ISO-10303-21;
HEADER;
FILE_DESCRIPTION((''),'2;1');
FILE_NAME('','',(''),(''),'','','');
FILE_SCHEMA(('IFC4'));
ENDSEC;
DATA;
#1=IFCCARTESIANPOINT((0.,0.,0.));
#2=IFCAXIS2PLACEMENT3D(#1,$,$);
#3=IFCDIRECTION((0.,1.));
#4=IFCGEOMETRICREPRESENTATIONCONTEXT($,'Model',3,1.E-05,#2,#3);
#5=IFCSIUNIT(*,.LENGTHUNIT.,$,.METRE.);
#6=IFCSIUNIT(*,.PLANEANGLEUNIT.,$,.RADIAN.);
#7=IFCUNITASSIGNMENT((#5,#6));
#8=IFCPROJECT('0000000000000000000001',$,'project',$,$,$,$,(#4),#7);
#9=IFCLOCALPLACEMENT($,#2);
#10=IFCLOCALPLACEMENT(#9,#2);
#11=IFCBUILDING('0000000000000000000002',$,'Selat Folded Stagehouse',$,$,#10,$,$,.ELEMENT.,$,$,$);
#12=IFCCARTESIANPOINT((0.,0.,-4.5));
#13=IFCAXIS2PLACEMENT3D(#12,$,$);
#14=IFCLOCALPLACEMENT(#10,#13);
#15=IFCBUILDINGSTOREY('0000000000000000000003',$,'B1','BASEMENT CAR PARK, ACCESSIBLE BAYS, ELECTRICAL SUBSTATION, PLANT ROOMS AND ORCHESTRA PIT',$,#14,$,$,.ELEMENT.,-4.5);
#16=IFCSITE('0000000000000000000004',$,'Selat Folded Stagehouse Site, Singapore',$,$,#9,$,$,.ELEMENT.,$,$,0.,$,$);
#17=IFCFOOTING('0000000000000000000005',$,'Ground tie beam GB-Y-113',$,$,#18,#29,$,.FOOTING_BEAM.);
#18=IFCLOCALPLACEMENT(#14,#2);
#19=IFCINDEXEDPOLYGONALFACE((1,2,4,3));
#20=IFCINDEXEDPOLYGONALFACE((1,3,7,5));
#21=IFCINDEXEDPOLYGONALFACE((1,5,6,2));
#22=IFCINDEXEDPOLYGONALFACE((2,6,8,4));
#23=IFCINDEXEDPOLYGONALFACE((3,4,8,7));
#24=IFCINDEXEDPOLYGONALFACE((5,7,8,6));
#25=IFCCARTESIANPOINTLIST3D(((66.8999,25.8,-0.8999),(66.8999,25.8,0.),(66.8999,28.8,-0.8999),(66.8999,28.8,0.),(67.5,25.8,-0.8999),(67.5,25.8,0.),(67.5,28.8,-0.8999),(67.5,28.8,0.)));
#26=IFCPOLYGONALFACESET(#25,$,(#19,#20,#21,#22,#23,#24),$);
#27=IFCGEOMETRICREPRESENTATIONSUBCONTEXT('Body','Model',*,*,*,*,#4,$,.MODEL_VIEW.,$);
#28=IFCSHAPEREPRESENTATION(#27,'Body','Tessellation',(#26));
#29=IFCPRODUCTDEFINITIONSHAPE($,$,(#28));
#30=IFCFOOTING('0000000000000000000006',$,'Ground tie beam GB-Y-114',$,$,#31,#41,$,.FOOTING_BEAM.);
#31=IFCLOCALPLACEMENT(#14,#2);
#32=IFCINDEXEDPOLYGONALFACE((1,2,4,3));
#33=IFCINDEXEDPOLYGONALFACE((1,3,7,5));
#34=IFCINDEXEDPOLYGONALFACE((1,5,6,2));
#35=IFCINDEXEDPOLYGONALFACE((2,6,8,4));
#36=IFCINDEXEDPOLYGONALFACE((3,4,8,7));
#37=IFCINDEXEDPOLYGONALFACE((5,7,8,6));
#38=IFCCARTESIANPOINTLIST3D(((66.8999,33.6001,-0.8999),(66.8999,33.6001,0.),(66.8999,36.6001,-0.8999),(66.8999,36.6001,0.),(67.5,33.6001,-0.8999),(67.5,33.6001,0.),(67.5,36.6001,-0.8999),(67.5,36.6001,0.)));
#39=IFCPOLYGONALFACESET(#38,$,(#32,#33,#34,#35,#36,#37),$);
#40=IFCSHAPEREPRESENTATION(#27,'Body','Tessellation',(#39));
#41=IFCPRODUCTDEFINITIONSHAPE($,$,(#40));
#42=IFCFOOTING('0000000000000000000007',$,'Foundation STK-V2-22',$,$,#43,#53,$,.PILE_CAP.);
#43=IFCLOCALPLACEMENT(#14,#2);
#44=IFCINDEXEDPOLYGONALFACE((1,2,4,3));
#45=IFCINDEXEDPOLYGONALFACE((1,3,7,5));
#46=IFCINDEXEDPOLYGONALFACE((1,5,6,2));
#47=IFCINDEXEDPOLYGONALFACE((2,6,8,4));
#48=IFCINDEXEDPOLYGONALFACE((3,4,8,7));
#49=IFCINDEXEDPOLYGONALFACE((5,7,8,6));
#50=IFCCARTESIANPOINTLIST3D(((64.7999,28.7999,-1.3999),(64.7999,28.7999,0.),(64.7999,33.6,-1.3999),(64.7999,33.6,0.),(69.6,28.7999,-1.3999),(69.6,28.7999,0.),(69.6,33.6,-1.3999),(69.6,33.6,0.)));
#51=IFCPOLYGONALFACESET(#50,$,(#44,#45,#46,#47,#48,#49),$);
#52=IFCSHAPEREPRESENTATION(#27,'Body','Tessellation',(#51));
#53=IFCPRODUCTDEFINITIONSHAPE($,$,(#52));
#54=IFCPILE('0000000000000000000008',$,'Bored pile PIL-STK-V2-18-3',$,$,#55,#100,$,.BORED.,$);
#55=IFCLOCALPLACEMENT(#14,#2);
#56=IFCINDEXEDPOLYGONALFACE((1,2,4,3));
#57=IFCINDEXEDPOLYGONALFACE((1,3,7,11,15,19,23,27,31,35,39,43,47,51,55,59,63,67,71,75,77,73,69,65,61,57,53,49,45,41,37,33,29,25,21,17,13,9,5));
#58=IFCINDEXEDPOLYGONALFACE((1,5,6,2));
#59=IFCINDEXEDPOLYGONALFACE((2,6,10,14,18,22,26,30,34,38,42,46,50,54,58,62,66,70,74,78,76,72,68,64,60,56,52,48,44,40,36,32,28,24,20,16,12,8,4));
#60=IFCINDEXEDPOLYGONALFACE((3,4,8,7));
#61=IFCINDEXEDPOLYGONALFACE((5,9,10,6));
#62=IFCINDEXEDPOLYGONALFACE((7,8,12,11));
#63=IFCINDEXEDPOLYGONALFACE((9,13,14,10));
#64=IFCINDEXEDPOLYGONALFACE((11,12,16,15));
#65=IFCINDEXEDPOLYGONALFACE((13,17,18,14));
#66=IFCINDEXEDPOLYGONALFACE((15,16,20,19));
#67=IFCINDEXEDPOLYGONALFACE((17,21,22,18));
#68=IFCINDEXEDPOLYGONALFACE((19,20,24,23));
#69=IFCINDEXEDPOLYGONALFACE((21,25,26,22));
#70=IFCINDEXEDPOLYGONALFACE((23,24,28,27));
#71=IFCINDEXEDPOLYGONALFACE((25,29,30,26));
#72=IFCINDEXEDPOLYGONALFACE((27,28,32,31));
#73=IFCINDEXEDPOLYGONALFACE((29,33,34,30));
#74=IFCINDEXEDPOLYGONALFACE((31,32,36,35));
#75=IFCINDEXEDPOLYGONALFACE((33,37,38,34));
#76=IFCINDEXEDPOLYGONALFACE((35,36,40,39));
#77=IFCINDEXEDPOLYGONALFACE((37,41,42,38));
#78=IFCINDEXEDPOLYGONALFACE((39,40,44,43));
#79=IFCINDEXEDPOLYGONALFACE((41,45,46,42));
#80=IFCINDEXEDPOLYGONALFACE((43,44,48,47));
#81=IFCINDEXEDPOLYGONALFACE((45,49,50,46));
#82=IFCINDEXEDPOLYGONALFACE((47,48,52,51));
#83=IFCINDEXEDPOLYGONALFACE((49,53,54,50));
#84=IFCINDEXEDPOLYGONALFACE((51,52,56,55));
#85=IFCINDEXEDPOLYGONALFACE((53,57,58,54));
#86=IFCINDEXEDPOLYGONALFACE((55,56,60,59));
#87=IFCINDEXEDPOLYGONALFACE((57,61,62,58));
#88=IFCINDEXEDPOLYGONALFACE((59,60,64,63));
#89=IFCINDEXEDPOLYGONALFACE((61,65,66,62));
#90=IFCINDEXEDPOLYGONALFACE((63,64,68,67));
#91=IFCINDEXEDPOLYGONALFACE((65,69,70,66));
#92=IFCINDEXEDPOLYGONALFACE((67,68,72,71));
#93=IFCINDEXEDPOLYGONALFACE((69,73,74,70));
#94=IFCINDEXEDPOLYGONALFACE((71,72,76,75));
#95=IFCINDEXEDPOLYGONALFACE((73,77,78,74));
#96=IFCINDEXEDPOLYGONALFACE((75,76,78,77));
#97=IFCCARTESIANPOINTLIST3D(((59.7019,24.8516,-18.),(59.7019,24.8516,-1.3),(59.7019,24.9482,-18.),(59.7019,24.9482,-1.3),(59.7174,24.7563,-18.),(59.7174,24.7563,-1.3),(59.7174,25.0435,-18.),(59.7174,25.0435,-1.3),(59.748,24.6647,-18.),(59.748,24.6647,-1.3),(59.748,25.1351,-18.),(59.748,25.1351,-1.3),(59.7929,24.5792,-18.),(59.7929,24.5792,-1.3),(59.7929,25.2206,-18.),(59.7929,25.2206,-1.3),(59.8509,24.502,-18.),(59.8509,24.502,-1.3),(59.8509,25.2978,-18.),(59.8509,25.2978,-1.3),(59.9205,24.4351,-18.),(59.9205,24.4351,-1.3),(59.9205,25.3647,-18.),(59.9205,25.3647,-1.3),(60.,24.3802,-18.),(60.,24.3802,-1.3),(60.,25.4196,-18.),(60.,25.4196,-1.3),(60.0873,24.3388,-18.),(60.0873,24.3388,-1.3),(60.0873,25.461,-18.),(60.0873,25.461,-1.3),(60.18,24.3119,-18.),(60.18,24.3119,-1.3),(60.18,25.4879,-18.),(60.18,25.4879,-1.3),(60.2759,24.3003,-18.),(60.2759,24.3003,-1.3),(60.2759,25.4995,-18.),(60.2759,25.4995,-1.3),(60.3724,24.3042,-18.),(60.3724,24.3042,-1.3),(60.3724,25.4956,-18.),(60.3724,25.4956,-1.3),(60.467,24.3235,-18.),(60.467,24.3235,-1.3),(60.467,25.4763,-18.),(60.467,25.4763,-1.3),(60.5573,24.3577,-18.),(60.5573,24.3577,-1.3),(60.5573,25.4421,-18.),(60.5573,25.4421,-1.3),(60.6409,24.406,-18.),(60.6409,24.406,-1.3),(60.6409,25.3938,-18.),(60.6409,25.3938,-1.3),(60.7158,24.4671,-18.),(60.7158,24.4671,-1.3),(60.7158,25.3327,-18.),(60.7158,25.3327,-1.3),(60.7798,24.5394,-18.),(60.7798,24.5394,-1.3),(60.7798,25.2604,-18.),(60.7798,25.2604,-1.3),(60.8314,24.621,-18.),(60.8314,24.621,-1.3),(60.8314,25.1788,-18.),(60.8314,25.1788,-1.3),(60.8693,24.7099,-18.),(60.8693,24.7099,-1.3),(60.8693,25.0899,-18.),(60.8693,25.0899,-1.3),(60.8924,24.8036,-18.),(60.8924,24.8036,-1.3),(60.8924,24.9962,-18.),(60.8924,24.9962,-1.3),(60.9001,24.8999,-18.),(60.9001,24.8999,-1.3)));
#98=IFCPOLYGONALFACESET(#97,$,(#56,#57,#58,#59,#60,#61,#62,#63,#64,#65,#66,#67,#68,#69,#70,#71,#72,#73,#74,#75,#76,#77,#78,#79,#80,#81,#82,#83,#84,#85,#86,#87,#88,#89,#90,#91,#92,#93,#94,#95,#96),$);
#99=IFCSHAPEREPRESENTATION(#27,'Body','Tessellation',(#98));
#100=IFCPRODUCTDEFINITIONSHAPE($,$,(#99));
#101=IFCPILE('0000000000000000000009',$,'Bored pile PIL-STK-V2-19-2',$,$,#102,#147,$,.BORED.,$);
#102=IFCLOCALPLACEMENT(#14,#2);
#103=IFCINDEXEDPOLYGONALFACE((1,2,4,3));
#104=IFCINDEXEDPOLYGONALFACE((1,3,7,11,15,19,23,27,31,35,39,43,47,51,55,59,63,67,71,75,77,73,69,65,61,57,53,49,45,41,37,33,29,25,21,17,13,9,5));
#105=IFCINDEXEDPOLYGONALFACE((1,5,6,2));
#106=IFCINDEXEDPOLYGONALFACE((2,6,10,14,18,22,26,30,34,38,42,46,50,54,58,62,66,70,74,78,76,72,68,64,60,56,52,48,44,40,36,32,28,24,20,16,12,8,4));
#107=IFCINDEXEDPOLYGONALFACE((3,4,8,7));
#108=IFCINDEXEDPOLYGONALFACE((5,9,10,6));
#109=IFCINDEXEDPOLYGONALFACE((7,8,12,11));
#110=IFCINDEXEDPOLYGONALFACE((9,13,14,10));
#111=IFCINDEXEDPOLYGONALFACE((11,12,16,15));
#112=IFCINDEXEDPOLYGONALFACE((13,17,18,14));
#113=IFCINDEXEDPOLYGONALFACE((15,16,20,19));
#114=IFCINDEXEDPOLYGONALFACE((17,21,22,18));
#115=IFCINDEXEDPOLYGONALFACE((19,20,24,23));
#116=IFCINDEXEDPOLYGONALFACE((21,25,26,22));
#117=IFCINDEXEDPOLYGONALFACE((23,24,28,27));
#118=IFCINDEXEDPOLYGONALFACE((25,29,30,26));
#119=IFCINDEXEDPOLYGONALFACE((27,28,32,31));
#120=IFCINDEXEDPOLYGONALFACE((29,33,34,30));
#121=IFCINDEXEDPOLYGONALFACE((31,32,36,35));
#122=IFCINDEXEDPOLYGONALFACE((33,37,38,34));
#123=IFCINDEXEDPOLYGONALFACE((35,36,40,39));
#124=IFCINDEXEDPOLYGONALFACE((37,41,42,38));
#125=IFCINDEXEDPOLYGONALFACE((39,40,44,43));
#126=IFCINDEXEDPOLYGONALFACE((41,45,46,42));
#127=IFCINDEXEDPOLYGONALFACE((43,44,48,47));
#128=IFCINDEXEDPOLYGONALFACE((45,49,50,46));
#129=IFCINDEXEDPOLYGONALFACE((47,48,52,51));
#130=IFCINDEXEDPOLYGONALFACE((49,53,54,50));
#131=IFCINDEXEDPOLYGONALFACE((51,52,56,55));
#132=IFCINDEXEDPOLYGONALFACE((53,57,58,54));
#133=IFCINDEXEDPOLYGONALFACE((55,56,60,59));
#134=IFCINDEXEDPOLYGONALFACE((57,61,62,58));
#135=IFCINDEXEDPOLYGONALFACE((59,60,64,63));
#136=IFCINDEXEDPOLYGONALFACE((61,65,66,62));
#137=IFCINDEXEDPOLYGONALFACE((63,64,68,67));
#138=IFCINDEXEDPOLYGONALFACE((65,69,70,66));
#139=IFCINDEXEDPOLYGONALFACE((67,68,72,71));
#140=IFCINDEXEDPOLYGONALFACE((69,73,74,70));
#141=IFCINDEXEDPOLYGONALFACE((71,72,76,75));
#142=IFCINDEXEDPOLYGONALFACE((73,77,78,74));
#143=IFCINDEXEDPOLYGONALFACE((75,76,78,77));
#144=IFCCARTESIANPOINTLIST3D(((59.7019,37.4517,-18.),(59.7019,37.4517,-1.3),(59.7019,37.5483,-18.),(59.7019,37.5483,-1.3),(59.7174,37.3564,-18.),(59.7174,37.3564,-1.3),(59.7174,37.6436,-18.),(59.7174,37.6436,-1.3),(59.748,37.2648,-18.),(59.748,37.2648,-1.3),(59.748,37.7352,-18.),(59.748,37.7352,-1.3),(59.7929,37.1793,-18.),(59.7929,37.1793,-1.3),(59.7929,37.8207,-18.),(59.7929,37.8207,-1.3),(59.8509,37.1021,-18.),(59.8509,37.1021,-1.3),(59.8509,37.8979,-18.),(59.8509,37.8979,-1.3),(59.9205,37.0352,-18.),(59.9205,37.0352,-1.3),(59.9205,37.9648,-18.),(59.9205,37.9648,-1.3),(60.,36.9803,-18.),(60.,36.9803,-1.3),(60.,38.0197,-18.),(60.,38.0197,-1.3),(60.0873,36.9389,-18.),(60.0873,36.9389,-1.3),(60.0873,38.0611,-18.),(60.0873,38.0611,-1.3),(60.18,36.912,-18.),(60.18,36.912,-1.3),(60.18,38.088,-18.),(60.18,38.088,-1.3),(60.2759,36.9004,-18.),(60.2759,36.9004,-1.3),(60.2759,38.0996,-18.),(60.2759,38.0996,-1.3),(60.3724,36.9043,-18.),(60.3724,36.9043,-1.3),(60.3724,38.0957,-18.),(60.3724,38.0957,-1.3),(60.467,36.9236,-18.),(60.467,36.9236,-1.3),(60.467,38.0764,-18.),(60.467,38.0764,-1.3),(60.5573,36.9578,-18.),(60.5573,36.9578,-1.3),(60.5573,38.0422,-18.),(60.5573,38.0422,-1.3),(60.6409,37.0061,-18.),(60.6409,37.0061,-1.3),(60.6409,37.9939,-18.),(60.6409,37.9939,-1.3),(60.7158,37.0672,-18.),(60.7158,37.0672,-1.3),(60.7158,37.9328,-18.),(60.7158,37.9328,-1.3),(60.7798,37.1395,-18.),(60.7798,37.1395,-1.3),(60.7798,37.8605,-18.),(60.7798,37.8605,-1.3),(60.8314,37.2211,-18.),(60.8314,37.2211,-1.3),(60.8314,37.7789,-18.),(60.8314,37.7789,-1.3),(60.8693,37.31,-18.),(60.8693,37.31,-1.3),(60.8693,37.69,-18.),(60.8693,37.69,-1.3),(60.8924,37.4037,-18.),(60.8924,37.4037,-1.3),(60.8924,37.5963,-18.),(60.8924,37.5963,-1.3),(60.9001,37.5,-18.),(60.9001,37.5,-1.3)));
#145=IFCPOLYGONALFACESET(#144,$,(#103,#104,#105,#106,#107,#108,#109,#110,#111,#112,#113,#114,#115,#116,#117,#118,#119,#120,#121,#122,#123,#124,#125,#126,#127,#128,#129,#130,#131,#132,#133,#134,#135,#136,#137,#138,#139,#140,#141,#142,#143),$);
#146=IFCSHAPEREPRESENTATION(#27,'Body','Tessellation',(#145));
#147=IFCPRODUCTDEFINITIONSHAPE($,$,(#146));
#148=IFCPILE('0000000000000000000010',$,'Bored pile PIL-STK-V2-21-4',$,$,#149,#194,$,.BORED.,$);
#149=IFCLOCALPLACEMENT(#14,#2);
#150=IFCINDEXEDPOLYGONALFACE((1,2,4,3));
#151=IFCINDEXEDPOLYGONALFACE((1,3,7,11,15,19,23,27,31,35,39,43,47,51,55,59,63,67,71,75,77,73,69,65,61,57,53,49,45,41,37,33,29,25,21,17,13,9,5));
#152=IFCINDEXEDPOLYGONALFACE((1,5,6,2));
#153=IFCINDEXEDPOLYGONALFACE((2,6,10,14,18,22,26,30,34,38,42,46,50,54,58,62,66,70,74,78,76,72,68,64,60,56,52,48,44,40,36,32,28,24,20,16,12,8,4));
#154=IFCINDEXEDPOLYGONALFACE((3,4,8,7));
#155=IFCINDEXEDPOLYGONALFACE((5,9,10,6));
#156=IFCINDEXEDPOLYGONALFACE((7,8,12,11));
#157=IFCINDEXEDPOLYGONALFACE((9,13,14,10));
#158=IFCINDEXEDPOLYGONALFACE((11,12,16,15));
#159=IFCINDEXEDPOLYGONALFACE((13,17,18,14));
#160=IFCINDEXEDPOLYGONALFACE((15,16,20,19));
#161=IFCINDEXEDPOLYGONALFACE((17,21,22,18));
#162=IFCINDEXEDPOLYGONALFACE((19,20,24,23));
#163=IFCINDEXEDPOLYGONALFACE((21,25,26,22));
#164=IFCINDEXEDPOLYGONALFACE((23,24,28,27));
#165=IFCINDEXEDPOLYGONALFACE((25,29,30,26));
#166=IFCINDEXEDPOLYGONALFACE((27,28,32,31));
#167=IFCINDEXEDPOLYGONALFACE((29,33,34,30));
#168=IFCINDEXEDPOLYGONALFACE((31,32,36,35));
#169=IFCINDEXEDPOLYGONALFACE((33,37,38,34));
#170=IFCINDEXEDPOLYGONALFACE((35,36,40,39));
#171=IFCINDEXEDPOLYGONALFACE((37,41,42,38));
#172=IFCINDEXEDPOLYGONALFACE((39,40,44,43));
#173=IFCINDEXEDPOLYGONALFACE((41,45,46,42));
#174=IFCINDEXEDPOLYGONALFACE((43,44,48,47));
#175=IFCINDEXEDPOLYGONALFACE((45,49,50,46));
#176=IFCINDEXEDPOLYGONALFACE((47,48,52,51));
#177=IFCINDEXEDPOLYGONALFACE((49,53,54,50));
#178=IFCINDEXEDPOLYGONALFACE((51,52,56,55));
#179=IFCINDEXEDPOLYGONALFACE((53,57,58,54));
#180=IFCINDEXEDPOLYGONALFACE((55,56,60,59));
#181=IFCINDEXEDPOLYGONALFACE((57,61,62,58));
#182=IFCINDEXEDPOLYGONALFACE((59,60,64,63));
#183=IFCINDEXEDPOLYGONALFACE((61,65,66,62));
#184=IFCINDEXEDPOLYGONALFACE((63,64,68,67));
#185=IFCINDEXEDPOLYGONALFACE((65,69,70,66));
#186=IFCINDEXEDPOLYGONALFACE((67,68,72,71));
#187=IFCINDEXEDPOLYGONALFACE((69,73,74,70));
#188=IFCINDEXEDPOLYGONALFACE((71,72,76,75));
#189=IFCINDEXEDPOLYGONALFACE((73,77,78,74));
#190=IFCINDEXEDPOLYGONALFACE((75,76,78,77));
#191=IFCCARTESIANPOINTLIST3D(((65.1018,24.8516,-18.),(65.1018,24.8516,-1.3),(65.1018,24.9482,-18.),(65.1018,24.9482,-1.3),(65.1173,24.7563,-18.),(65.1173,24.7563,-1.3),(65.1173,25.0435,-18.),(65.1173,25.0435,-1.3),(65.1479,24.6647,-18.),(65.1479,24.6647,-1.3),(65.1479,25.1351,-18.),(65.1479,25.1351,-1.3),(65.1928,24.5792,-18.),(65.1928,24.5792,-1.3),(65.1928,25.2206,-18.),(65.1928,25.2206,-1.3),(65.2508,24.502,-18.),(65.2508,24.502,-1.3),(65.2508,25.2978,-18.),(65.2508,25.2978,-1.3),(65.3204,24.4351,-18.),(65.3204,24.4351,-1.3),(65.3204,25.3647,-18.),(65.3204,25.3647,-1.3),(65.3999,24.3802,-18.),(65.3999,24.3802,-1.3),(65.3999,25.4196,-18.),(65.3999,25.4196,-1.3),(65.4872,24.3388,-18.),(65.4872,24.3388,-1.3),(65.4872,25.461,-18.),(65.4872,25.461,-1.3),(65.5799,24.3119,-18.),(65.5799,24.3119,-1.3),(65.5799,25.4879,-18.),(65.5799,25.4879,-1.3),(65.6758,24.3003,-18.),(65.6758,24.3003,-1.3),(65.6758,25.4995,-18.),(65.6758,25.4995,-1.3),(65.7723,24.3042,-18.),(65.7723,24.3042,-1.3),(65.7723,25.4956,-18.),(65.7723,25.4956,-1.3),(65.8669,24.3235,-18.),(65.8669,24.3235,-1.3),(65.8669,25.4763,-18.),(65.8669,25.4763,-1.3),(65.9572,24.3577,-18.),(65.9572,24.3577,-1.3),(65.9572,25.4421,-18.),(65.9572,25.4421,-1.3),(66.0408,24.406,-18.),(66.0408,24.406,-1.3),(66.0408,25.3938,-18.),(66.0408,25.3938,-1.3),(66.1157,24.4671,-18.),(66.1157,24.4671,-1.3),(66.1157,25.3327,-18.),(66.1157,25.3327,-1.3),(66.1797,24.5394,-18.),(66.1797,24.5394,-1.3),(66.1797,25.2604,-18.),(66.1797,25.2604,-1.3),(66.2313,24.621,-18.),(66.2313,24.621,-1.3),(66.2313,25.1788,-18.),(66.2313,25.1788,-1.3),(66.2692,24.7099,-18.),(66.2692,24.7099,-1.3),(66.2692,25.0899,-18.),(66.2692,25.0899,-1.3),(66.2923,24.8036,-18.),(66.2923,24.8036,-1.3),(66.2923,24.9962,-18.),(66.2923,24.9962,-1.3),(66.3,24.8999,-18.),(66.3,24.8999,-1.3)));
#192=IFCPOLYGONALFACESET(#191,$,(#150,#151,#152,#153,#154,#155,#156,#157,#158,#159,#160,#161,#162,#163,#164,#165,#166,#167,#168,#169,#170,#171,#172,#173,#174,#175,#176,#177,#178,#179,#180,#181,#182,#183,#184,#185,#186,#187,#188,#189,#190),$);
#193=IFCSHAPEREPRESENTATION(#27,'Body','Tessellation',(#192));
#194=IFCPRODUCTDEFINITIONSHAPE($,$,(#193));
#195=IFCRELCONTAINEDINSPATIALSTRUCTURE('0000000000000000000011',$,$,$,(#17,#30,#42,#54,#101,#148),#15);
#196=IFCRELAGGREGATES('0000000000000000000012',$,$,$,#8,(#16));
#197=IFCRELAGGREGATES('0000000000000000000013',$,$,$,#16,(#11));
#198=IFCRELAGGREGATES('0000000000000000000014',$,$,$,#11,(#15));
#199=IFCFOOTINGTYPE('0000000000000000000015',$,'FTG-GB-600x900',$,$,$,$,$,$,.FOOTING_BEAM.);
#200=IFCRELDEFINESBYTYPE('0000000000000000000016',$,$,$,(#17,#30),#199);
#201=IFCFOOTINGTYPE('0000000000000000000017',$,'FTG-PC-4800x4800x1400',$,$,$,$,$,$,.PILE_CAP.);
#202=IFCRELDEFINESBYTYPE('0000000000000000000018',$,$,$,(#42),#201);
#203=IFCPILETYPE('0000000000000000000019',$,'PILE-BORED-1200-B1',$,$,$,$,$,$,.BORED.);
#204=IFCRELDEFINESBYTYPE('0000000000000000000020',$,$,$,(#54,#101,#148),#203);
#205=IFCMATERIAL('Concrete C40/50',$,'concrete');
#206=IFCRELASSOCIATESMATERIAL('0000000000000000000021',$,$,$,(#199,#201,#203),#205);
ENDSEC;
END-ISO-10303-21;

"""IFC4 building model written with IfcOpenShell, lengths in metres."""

from ifc_helpers import new_model, si_unit, direction, frame, origin, origin_2d, place, context, subcontext, project, spatial, rectangle, circle, extrude, material, material_profile, profile_set, type_object, element, save


model = new_model("IFC4")

# Units and contexts
model_context = context("Model", 3, precision=1e-05, world=origin(), true_north=direction((0.0, 1.0)))
body_context = subcontext(model_context, "Body", "Model", "MODEL_VIEW")
ifc_project = project(units=[si_unit("LENGTHUNIT", "METRE"), si_unit("PLANEANGLEUNIT", "RADIAN")], contexts=[model_context])

# Site, building, storey
site_placement = place(None, origin())
site = spatial("IfcSite", under=ifc_project, at=site_placement, Name="Selat Folded Stagehouse Site, Singapore", CompositionType="ELEMENT", RefElevation=0.0)
building_placement = place(site_placement, origin())
building = spatial("IfcBuilding", under=site, at=building_placement, Name="Selat Folded Stagehouse", CompositionType="ELEMENT")
storey_placement = place(building_placement, frame((0.0, 0.0, -4.5)))
storey = spatial("IfcBuildingStorey", under=building, at=storey_placement, Name="B1", Description="BASEMENT CAR PARK, ACCESSIBLE BAYS, ELECTRICAL SUBSTATION, PLANT ROOMS AND ORCHESTRA PIT", CompositionType="ELEMENT", Elevation=-4.5)

# Footings
ifc_material_1 = material(Name="Concrete C40/50", Category="concrete")
ifc_material_profile_1 = material_profile(ifc_material_1, rectangle(XDim=0.6001, YDim=0.8999, at=origin_2d()), Name="RC 900x600")
ifc_profile_set_1 = profile_set([ifc_material_profile_1], Name="Concrete C40/50")
footing_type_1 = type_object("IfcFootingType", Name="FTG-GB-600x900", PredefinedType="FOOTING_BEAM", material=ifc_profile_set_1)
for number, where, z_axis, x_axis, name in (
    (1, (67.2, 25.8, -0.45), (0.0, 1.0, 0.0), (-1.0, 0.0, 0.0), "Ground tie beam GB-Y-113"),
    (2, (67.2, 33.6001, -0.45), (0.0, 1.0, 0.0), (-1.0, 0.0, 0.0), "Ground tie beam GB-Y-114"),
):
    element("IfcFooting", number, at=place(storey_placement, frame(where, z_axis=z_axis, x_axis=x_axis)), inside=storey, type_object=footing_type_1, Name=name, PredefinedType="FOOTING_BEAM", context=body_context, shape_type="SweptSolid", body=[
        extrude(rectangle(XDim=0.6001, YDim=0.8999, at=origin_2d()), origin(), (0.0, 0.0, 1.0), 3.0),
    ])
footing_type_2 = type_object("IfcFootingType", Name="FTG-PC-4800x4800x1400", PredefinedType="PILE_CAP", material=ifc_material_1)
footing_placement = place(storey_placement, frame((67.2, 31.2, -1.3999), z_axis=(0.0, 0.0, 1.0), x_axis=(1.0, 0.0, 0.0)))
element("IfcFooting", 3, at=footing_placement, inside=storey, type_object=footing_type_2, Name="Foundation STK-V2-22", PredefinedType="PILE_CAP", context=body_context, shape_type="SweptSolid", body=[
    extrude(rectangle(XDim=4.8, YDim=4.8, at=origin_2d()), origin(), (0.0, 0.0, 1.0), 1.3999),
])

# Piles
ifc_material_profile_2 = material_profile(ifc_material_1, circle(Radius=0.6001, at=origin_2d()), Name="PILE D1200")
ifc_profile_set_2 = profile_set([ifc_material_profile_2], Name="Concrete C40/50")
pile_type = type_object("IfcPileType", Name="PILE-BORED-1200-B1", PredefinedType="BORED", material=ifc_profile_set_2)
for number, where, z_axis, x_axis, name in (
    (4, (60.3, 24.8999, -1.3), (0.0, 0.0, -1.0), (1.0, 0.0, 0.0), "Bored pile PIL-STK-V2-18-3"),
    (5, (60.3, 37.5, -1.3), (0.0, 0.0, -1.0), (1.0, 0.0, 0.0), "Bored pile PIL-STK-V2-19-2"),
    (6, (65.7, 24.8999, -1.3), (0.0, 0.0, -1.0), (1.0, 0.0, 0.0), "Bored pile PIL-STK-V2-21-4"),
):
    element("IfcPile", number, at=place(storey_placement, frame(where, z_axis=z_axis, x_axis=x_axis)), inside=storey, type_object=pile_type, Name=name, PredefinedType="BORED", context=body_context, shape_type="SweptSolid", body=[
        extrude(circle(Radius=0.6001, at=origin_2d()), origin(), (0.0, 0.0, 1.0), 16.7),
    ])

save(model, "model.ifc")
